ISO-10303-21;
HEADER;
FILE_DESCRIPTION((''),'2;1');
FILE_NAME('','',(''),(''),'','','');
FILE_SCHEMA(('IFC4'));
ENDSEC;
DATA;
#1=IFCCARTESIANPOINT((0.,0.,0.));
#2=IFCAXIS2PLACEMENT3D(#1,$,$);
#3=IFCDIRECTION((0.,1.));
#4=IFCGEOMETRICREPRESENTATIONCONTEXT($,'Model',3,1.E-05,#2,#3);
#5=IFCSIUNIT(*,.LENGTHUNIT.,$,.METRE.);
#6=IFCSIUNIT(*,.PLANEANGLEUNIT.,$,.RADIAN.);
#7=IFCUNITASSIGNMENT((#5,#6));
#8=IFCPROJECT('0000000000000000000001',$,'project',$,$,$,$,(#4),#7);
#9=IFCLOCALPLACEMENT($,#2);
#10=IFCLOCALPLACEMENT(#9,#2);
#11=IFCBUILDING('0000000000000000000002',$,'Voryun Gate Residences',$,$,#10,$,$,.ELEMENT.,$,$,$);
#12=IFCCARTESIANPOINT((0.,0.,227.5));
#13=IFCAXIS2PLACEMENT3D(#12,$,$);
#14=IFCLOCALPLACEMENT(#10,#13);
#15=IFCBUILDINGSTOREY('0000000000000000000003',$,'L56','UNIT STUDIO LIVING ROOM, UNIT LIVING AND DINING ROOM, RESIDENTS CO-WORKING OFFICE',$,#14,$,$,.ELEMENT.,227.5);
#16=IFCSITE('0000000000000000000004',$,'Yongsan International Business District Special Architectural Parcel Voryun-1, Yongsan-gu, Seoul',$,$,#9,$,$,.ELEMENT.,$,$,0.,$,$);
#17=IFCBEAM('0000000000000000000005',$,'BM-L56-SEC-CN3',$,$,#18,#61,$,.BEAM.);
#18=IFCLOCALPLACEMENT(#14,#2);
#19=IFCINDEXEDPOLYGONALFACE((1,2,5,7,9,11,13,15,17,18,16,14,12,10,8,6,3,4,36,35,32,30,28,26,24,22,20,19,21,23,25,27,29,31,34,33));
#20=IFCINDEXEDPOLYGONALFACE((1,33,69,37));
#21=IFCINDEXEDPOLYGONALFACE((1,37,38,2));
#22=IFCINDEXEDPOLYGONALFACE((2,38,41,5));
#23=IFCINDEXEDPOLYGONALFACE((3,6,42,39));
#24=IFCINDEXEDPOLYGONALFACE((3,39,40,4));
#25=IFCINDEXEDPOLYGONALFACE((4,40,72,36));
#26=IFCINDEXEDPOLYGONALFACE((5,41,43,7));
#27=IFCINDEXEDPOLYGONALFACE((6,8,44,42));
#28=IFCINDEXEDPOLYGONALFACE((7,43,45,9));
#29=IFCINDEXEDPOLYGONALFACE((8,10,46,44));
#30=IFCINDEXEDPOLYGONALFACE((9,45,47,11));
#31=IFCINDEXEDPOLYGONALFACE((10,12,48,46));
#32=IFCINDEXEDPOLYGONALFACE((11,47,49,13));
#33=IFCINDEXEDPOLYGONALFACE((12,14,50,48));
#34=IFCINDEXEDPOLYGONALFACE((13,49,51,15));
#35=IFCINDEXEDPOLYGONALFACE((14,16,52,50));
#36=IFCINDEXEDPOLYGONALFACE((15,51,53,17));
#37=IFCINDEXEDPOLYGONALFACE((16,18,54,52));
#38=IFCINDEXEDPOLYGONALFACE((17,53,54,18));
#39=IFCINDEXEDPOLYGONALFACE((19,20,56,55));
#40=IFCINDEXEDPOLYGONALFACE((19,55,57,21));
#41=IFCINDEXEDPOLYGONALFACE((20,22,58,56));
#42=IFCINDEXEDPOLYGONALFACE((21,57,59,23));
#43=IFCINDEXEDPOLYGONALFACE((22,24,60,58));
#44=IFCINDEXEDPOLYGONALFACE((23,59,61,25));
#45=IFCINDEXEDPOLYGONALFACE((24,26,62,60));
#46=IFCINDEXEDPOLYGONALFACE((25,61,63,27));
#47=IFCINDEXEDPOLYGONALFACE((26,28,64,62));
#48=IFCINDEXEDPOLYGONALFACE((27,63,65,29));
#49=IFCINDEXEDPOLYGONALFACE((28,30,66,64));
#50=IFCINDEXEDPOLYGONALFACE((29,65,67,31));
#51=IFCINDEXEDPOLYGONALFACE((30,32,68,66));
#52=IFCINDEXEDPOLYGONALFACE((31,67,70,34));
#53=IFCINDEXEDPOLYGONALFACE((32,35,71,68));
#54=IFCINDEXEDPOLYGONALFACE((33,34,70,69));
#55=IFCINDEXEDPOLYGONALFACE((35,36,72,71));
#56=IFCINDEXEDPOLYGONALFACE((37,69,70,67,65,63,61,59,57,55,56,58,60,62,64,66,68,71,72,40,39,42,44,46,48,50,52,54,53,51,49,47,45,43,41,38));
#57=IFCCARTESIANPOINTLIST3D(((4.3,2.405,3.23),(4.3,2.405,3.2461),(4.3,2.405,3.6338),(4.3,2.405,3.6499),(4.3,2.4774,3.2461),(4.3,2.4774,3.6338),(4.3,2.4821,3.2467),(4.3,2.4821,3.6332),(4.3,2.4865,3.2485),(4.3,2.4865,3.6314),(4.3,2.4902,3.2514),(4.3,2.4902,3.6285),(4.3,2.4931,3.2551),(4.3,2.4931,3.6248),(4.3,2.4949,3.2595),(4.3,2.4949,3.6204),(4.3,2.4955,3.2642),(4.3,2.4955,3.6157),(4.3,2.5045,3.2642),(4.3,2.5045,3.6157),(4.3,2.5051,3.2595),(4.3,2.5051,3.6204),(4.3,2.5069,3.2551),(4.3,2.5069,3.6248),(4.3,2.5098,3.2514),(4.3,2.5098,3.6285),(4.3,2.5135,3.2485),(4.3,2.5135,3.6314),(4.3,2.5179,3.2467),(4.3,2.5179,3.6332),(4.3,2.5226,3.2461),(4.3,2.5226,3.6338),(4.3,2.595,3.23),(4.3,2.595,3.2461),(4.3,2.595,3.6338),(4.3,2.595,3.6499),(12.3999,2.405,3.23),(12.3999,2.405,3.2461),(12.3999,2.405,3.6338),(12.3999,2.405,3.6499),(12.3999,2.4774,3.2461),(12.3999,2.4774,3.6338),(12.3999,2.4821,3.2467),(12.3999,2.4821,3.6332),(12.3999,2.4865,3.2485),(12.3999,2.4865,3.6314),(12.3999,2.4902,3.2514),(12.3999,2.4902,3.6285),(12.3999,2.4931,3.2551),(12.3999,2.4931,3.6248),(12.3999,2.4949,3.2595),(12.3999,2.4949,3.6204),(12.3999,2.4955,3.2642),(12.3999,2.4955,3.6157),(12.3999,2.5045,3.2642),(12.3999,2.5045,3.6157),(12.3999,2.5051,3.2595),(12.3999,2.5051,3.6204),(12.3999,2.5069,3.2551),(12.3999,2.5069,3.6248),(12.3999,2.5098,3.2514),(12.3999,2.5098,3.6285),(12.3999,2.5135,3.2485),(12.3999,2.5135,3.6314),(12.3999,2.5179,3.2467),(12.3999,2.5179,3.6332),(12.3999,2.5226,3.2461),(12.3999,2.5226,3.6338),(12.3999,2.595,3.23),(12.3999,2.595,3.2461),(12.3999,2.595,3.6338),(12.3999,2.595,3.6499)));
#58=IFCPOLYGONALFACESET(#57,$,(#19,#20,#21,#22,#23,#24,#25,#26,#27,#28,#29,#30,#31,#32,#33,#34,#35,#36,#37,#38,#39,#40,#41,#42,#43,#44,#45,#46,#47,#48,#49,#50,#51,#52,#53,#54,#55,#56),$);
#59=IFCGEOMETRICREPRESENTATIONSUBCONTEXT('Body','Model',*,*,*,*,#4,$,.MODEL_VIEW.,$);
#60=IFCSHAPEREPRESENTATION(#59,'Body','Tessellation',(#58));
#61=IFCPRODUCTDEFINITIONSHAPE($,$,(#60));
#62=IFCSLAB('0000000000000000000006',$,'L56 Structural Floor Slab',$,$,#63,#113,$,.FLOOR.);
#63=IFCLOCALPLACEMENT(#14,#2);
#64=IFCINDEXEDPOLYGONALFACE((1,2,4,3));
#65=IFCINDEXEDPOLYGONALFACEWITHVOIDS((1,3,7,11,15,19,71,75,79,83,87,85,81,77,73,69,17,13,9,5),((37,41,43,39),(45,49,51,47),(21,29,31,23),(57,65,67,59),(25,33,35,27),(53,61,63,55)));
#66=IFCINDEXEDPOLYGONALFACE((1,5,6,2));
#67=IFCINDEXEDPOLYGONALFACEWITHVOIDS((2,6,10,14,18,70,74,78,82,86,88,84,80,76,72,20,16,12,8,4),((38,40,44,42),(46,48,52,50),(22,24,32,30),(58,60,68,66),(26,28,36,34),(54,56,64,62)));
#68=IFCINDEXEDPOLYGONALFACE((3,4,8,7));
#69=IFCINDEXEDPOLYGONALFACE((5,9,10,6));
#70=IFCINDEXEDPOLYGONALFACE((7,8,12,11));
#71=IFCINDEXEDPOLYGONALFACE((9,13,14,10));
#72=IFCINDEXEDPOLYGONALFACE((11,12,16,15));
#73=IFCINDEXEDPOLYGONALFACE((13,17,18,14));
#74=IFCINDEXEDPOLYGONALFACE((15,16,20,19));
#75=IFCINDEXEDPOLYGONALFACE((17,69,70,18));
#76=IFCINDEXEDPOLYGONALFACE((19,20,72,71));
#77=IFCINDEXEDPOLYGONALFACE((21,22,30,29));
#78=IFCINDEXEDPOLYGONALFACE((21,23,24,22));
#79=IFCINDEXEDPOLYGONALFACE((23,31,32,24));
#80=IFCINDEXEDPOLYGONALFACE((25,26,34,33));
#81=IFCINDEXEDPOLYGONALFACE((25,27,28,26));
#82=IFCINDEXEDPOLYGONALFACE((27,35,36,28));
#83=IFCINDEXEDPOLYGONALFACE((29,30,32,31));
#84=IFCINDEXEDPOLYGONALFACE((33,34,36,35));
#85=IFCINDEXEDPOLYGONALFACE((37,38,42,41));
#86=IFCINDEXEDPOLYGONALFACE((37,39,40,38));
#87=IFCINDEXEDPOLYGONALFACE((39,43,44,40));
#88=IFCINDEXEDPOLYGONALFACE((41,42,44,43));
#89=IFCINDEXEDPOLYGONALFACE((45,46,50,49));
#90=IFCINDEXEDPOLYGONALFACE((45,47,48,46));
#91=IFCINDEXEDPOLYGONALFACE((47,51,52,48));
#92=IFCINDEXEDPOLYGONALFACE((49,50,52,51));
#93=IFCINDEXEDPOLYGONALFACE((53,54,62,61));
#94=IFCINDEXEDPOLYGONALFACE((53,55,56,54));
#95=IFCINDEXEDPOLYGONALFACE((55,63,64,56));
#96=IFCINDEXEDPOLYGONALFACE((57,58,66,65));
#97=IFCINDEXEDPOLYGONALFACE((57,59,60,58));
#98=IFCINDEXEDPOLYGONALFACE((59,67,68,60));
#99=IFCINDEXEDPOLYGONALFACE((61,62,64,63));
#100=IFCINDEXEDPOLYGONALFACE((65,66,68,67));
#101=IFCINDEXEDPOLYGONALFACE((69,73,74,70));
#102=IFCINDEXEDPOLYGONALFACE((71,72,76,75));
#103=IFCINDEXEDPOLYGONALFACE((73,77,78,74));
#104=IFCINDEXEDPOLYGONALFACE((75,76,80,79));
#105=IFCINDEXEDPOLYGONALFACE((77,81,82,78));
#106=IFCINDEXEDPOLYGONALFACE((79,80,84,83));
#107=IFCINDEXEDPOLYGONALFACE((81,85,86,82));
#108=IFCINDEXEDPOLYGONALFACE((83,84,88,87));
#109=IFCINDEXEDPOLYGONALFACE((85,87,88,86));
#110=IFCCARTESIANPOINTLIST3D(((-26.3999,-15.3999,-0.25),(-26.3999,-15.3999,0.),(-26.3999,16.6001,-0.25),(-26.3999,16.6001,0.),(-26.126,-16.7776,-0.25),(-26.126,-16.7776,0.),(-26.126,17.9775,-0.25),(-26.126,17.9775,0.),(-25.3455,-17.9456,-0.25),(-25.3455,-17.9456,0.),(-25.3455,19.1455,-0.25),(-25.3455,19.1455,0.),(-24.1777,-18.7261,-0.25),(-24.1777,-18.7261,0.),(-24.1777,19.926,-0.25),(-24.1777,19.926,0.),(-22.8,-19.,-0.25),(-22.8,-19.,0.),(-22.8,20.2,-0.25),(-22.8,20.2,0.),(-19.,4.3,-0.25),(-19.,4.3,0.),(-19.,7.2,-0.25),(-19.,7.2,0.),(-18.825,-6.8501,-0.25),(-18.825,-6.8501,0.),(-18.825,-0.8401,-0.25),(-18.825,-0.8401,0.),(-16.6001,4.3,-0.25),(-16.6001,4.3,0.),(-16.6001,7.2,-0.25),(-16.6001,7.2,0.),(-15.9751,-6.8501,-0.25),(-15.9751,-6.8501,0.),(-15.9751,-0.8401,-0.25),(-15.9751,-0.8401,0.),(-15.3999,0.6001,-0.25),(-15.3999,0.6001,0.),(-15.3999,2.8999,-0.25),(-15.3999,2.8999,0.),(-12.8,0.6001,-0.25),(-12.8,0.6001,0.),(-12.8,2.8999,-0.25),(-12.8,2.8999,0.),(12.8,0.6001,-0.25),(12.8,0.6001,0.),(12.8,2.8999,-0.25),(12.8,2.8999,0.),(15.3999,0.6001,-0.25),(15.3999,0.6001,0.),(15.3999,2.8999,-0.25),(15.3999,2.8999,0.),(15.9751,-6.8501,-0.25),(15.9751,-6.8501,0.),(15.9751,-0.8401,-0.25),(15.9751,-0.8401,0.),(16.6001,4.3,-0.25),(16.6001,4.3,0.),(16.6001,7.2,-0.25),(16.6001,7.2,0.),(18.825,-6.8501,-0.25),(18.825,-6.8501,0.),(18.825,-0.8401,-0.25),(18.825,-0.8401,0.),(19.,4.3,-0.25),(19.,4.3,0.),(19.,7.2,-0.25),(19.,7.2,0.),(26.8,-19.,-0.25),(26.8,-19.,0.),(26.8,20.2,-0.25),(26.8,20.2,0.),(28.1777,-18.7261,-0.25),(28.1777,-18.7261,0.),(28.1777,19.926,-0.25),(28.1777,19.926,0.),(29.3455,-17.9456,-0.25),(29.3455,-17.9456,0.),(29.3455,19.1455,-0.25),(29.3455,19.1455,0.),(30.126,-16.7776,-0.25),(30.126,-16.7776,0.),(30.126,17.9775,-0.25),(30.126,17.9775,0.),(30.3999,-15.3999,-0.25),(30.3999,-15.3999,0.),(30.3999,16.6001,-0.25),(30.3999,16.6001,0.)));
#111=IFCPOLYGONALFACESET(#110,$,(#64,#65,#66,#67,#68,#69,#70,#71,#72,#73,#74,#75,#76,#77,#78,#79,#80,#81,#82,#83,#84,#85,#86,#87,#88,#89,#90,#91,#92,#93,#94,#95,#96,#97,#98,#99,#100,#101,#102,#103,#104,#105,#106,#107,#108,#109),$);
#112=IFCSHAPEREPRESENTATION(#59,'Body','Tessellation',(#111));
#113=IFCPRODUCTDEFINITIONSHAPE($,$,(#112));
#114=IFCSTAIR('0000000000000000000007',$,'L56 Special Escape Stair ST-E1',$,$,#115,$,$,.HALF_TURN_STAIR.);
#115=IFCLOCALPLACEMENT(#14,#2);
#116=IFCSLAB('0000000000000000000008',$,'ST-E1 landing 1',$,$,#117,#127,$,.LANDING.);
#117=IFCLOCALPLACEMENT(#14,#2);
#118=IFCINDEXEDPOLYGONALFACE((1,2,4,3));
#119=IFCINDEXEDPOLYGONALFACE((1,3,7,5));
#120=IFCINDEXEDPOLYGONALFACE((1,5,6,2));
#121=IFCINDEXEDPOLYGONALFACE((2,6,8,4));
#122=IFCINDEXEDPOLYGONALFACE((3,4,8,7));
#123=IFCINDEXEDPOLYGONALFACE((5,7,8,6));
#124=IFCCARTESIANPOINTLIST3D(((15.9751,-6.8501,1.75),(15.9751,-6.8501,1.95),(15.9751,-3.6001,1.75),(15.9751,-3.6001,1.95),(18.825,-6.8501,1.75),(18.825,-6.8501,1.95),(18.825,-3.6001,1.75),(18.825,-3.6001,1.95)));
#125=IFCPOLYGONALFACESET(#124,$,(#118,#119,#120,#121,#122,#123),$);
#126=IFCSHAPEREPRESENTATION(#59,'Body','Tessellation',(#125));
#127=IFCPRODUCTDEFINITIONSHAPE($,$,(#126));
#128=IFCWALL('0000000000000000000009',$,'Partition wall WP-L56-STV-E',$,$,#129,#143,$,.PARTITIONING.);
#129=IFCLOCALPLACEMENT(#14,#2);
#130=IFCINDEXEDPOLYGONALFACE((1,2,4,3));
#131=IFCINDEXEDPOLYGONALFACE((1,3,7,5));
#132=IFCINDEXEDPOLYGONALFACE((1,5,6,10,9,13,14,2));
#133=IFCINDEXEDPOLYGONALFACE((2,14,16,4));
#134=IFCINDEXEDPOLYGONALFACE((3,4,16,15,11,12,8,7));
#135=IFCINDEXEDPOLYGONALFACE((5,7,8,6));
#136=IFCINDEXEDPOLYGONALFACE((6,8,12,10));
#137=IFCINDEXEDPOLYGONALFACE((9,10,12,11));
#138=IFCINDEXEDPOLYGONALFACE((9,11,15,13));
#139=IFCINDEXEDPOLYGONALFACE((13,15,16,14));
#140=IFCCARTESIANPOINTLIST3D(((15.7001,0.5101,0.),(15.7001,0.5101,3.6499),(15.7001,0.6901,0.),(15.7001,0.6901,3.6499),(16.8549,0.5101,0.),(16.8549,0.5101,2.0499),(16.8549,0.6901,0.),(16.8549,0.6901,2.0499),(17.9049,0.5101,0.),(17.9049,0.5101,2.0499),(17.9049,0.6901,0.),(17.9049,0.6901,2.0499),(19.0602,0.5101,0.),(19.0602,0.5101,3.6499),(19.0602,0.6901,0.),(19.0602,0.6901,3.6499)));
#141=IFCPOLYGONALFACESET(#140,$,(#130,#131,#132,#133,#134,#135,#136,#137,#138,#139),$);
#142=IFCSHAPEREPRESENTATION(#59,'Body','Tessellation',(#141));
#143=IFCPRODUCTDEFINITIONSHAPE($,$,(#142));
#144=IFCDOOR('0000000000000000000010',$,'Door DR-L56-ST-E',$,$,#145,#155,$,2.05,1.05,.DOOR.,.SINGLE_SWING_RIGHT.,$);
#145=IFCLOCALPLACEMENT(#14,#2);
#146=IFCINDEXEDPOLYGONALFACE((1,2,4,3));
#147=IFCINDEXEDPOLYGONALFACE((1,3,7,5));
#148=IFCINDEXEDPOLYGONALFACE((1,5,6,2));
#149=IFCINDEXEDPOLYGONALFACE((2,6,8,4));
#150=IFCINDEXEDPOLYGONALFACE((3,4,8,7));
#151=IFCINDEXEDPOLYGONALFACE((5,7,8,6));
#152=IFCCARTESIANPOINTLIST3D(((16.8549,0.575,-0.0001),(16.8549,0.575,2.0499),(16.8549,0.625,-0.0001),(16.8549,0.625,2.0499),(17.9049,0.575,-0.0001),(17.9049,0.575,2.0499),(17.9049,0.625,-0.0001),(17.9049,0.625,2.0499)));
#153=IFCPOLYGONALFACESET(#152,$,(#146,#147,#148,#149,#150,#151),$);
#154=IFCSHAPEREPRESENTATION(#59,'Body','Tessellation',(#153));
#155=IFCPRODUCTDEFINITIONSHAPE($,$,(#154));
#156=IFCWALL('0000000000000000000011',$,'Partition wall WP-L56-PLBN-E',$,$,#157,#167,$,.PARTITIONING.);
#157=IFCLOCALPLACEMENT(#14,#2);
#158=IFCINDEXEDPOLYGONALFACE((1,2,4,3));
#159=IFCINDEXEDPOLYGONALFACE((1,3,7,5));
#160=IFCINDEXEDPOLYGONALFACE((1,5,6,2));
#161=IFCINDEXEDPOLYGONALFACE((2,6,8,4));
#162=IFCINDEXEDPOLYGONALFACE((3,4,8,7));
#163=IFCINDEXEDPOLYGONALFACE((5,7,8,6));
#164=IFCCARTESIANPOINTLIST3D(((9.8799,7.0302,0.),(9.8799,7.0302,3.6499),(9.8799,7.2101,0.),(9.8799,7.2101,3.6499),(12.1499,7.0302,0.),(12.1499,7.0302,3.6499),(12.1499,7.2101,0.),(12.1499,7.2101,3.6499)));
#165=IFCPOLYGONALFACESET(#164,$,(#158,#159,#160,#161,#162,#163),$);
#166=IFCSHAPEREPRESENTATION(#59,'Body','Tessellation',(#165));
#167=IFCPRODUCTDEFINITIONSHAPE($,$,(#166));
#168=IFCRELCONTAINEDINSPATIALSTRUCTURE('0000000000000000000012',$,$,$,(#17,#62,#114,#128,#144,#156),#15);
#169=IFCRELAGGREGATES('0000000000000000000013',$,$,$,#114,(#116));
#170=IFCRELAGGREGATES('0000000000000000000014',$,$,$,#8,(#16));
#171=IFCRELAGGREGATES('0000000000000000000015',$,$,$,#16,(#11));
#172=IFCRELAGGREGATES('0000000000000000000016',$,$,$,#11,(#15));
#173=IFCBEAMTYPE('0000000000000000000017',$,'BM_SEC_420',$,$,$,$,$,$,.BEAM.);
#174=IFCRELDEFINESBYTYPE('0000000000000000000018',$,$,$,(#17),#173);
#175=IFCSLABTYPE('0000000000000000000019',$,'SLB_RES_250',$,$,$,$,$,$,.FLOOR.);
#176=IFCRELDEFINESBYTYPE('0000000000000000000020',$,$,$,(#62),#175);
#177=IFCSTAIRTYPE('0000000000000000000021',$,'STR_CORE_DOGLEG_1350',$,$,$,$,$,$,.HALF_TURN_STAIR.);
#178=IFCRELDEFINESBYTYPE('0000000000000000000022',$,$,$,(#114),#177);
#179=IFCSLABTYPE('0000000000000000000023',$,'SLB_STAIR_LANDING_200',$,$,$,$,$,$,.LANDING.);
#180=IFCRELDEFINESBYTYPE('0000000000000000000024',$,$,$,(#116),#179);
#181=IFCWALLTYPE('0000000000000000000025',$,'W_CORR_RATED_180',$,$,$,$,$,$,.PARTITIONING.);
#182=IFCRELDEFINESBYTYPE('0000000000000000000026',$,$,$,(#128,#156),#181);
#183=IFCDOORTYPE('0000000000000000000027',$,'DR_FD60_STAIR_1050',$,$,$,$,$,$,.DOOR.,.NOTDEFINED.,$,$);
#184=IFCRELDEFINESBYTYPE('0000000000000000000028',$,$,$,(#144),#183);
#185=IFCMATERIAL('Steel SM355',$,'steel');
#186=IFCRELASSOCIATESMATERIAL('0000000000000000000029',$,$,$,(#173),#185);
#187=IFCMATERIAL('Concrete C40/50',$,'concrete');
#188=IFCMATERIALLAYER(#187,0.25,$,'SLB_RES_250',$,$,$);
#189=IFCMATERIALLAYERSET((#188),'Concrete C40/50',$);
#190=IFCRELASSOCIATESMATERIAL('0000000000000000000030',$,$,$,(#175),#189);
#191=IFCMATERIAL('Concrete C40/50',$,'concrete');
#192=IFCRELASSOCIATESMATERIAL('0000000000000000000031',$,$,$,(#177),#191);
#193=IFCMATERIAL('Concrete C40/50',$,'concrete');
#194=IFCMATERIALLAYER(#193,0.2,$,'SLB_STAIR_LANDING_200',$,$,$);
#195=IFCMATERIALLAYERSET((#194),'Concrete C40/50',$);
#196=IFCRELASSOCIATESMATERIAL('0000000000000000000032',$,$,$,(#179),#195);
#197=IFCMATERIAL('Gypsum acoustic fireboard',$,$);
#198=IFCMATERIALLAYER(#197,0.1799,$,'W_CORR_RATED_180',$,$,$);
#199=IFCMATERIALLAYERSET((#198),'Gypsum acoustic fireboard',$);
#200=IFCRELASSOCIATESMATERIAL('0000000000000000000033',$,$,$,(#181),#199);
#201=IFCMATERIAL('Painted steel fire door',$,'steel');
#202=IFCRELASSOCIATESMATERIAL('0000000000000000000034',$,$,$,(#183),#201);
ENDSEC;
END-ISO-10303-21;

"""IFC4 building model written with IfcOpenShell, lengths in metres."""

from ifc_helpers import new_model, si_unit, direction, frame, frame_2d, origin, origin_2d, place, context, subcontext, project, spatial, polyline, rectangle, i_section, outline, extrude, material, layer, layer_set, material_profile, profile_set, type_object, element, fill, aggregate, save


model = new_model("IFC4")

# Units and contexts
model_context = context("Model", 3, precision=1e-05, world=origin(), true_north=direction((0.0, 1.0)))
body_context = subcontext(model_context, "Body", "Model", "MODEL_VIEW")
ifc_project = project(units=[si_unit("LENGTHUNIT", "METRE"), si_unit("PLANEANGLEUNIT", "RADIAN")], contexts=[model_context])

# Site, building, storey
site_placement = place(None, origin())
site = spatial("IfcSite", under=ifc_project, at=site_placement, Name="Yongsan International Business District Special Architectural Parcel Voryun-1, Yongsan-gu, Seoul", CompositionType="ELEMENT", RefElevation=0.0)
building_placement = place(site_placement, origin())
building = spatial("IfcBuilding", under=site, at=building_placement, Name="Voryun Gate Residences", CompositionType="ELEMENT")
storey_placement = place(building_placement, frame((0.0, 0.0, 227.5)))
storey = spatial("IfcBuildingStorey", under=building, at=storey_placement, Name="L56", Description="UNIT STUDIO LIVING ROOM, UNIT LIVING AND DINING ROOM, RESIDENTS CO-WORKING OFFICE", CompositionType="ELEMENT", Elevation=227.5)

# Beam
ifc_material_1 = material(Name="Steel SM355", Category="steel")
ifc_material_profile_1 = material_profile(ifc_material_1, i_section(OverallWidth=0.1899, OverallDepth=0.4199, WebThickness=0.009, FlangeThickness=0.0161, FilletRadius=0.0181, at=origin_2d()), Name="H-420x190x9x16")
ifc_profile_set_1 = profile_set([ifc_material_profile_1], Name="Steel SM355")
beam_type_1 = type_object("IfcBeamType", Name="BM_SEC_420", PredefinedType="BEAM", material=ifc_profile_set_1)
for number, where, z_axis, x_axis, name in (
    (1, (4.3, 2.5, 3.4399), (1.0, 0.0, 0.0), (0.0, 1.0, 0.0), "BM-L56-SEC-CN3"),
):
    element("IfcBeam", number, at=place(storey_placement, frame(where, z_axis=z_axis, x_axis=x_axis)), inside=storey, type_object=beam_type_1, Name=name, PredefinedType="BEAM", context=body_context, shape_type="SweptSolid", body=[
        extrude(i_section(OverallWidth=0.1899, OverallDepth=0.4199, WebThickness=0.009, FlangeThickness=0.0161, FilletRadius=0.0181, at=origin_2d()), origin(), (0.0, 0.0, 1.0), 8.0999),
    ])

# Slab
ifc_material_2 = material(Name="Concrete C40/50", Category="concrete")
ifc_layer_1 = layer(ifc_material_2, 0.25, Name="SLB_RES_250")
ifc_layer_set_1 = layer_set([ifc_layer_1], Name="Concrete C40/50")
slab_type_1 = type_object("IfcSlabType", Name="SLB_RES_250", PredefinedType="FLOOR", material=ifc_layer_set_1)
slab_1_placement = place(storey_placement, frame((0.0, 0.0, -0.25)))
element("IfcSlab", 2, at=slab_1_placement, inside=storey, type_object=slab_type_1, Name="L56 Structural Floor Slab", PredefinedType="FLOOR", context=body_context, shape_type="SweptSolid", body=[
    extrude(outline(polyline([(-22.8, -19.0), (-24.1777, -18.7261), (-25.3455, -17.9456), (-26.126, -16.7776), (-26.3999, -15.3999), (-26.3999, 16.6001), (-26.126, 17.9775), (-25.3455, 19.1455), (-24.1777, 19.926), (-22.8, 20.2), (26.8, 20.2), (28.1777, 19.926), (29.3455, 19.1455), (30.126, 17.9775), (30.3999, 16.6001), (30.3999, -15.3999), (30.126, -16.7776), (29.3455, -17.9456), (28.1777, -18.7261), (26.8, -19.0), (-22.8, -19.0)]), holes=[polyline([(-15.9751, -0.8401), (-18.825, -0.8401), (-18.825, -6.8501), (-15.9751, -6.8501), (-15.9751, -0.8401)]), polyline([(18.825, -6.8501), (18.825, -0.8401), (15.9751, -0.8401), (15.9751, -6.8501), (18.825, -6.8501)]), polyline([(-12.8, 2.8999), (-15.3999, 2.8999), (-15.3999, 0.6001), (-12.8, 0.6001), (-12.8, 2.8999)]), polyline([(12.8, 2.8999), (12.8, 0.6001), (15.3999, 0.6001), (15.3999, 2.8999), (12.8, 2.8999)]), polyline([(-16.6001, 7.2), (-19.0, 7.2), (-19.0, 4.3), (-16.6001, 4.3), (-16.6001, 7.2)]), polyline([(19.0, 7.2), (16.6001, 7.2), (16.6001, 4.3), (19.0, 4.3), (19.0, 7.2)])]), origin(), (0.0, 0.0, 1.0), 0.25),
])

# Stair, slab
ifc_material_3 = material(Name="Concrete C40/50", Category="concrete")
stair_type = type_object("IfcStairType", Name="STR_CORE_DOGLEG_1350", PredefinedType="HALF_TURN_STAIR", material=ifc_material_3)
stair_placement = place(storey_placement, origin())
stair = element("IfcStair", 3, at=stair_placement, inside=storey, type_object=stair_type, Name="L56 Special Escape Stair ST-E1", PredefinedType="HALF_TURN_STAIR")
ifc_material_4 = material(Name="Concrete C40/50", Category="concrete")
ifc_layer_2 = layer(ifc_material_4, 0.2, Name="SLB_STAIR_LANDING_200")
ifc_layer_set_2 = layer_set([ifc_layer_2], Name="Concrete C40/50")
slab_type_2 = type_object("IfcSlabType", Name="SLB_STAIR_LANDING_200", PredefinedType="LANDING", material=ifc_layer_set_2)
slab_2_placement = place(storey_placement, frame((0.0, 0.0, 1.75)))
slab_2 = element("IfcSlab", 4, at=slab_2_placement, type_object=slab_type_2, Name="ST-E1 landing 1", PredefinedType="LANDING", context=body_context, shape_type="SweptSolid", body=[
    extrude(outline(polyline([(15.9751, -3.6001), (15.9751, -6.8501), (18.825, -6.8501), (18.825, -3.6001), (15.9751, -3.6001)])), origin(), (0.0, 0.0, 1.0), 0.2),
])
aggregate(stair, [slab_2])

# Wall, opening, door
ifc_material_5 = material(Name="Gypsum acoustic fireboard")
ifc_layer_3 = layer(ifc_material_5, 0.1799, Name="W_CORR_RATED_180")
ifc_layer_set_3 = layer_set([ifc_layer_3], Name="Gypsum acoustic fireboard")
wall_type_1 = type_object("IfcWallType", Name="W_CORR_RATED_180", PredefinedType="PARTITIONING", material=ifc_layer_set_3)
wall_1_placement = place(storey_placement, frame((15.7, 0.6001, 0.0), z_axis=(0.0, 0.0, 1.0), x_axis=(1.0, 0.0, 0.0)))
wall_1 = element("IfcWall", 5, at=wall_1_placement, inside=storey, type_object=wall_type_1, Name="Partition wall WP-L56-STV-E", PredefinedType="PARTITIONING", context=body_context, shape_type="SweptSolid", body=[
    extrude(rectangle(XDim=3.3601, YDim=0.1799, at=frame_2d((1.6802, 0.0))), origin(), (0.0, 0.0, 1.0), 3.6499),
])
opening_1_placement = place(wall_1_placement, frame((1.155, 0.0, 0.0)))
opening_1 = element("IfcOpeningElement", 6, at=opening_1_placement, cuts=wall_1, PredefinedType="OPENING", context=body_context, shape_type="SweptSolid", body=[
    extrude(rectangle(XDim=1.05, YDim=2.05, at=frame_2d((0.5249, 1.0249))), frame((0.0, 0.0999, 0.0), z_axis=(0.0, -1.0, 0.0), x_axis=(1.0, 0.0, 0.0)), (0.0, 0.0, 1.0), 0.2),
])
ifc_material_6 = material(Name="Painted steel fire door", Category="steel")
door_type_1 = type_object("IfcDoorType", Name="DR_FD60_STAIR_1050", OperationType="NOTDEFINED", PredefinedType="DOOR", material=ifc_material_6)
door_1_placement = place(opening_1_placement, origin())
door_1 = element("IfcDoor", 7, at=door_1_placement, inside=storey, type_object=door_type_1, Name="Door DR-L56-ST-E", OperationType="SINGLE_SWING_RIGHT", OverallHeight=2.05, OverallWidth=1.05, PredefinedType="DOOR", context=body_context, shape_type="SweptSolid", body=[
    extrude(rectangle(XDim=1.05, YDim=2.05, at=frame_2d((0.5249, 1.0249))), frame((0.0, 0.0249, 0.0), z_axis=(0.0, -1.0, 0.0), x_axis=(1.0, 0.0, 0.0)), (0.0, 0.0, 1.0), 0.05),
])
fill(opening_1, door_1)

# Wall
wall_2_placement = place(storey_placement, frame((9.8799, 7.1201, 0.0), z_axis=(0.0, 0.0, 1.0), x_axis=(1.0, 0.0, 0.0)))
element("IfcWall", 8, at=wall_2_placement, inside=storey, type_object=wall_type_1, Name="Partition wall WP-L56-PLBN-E", PredefinedType="PARTITIONING", context=body_context, shape_type="SweptSolid", body=[
    extrude(rectangle(XDim=2.27, YDim=0.1799, at=frame_2d((1.135, 0.0))), origin(), (0.0, 0.0, 1.0), 3.6499),
])

save(model, "model.ifc")
